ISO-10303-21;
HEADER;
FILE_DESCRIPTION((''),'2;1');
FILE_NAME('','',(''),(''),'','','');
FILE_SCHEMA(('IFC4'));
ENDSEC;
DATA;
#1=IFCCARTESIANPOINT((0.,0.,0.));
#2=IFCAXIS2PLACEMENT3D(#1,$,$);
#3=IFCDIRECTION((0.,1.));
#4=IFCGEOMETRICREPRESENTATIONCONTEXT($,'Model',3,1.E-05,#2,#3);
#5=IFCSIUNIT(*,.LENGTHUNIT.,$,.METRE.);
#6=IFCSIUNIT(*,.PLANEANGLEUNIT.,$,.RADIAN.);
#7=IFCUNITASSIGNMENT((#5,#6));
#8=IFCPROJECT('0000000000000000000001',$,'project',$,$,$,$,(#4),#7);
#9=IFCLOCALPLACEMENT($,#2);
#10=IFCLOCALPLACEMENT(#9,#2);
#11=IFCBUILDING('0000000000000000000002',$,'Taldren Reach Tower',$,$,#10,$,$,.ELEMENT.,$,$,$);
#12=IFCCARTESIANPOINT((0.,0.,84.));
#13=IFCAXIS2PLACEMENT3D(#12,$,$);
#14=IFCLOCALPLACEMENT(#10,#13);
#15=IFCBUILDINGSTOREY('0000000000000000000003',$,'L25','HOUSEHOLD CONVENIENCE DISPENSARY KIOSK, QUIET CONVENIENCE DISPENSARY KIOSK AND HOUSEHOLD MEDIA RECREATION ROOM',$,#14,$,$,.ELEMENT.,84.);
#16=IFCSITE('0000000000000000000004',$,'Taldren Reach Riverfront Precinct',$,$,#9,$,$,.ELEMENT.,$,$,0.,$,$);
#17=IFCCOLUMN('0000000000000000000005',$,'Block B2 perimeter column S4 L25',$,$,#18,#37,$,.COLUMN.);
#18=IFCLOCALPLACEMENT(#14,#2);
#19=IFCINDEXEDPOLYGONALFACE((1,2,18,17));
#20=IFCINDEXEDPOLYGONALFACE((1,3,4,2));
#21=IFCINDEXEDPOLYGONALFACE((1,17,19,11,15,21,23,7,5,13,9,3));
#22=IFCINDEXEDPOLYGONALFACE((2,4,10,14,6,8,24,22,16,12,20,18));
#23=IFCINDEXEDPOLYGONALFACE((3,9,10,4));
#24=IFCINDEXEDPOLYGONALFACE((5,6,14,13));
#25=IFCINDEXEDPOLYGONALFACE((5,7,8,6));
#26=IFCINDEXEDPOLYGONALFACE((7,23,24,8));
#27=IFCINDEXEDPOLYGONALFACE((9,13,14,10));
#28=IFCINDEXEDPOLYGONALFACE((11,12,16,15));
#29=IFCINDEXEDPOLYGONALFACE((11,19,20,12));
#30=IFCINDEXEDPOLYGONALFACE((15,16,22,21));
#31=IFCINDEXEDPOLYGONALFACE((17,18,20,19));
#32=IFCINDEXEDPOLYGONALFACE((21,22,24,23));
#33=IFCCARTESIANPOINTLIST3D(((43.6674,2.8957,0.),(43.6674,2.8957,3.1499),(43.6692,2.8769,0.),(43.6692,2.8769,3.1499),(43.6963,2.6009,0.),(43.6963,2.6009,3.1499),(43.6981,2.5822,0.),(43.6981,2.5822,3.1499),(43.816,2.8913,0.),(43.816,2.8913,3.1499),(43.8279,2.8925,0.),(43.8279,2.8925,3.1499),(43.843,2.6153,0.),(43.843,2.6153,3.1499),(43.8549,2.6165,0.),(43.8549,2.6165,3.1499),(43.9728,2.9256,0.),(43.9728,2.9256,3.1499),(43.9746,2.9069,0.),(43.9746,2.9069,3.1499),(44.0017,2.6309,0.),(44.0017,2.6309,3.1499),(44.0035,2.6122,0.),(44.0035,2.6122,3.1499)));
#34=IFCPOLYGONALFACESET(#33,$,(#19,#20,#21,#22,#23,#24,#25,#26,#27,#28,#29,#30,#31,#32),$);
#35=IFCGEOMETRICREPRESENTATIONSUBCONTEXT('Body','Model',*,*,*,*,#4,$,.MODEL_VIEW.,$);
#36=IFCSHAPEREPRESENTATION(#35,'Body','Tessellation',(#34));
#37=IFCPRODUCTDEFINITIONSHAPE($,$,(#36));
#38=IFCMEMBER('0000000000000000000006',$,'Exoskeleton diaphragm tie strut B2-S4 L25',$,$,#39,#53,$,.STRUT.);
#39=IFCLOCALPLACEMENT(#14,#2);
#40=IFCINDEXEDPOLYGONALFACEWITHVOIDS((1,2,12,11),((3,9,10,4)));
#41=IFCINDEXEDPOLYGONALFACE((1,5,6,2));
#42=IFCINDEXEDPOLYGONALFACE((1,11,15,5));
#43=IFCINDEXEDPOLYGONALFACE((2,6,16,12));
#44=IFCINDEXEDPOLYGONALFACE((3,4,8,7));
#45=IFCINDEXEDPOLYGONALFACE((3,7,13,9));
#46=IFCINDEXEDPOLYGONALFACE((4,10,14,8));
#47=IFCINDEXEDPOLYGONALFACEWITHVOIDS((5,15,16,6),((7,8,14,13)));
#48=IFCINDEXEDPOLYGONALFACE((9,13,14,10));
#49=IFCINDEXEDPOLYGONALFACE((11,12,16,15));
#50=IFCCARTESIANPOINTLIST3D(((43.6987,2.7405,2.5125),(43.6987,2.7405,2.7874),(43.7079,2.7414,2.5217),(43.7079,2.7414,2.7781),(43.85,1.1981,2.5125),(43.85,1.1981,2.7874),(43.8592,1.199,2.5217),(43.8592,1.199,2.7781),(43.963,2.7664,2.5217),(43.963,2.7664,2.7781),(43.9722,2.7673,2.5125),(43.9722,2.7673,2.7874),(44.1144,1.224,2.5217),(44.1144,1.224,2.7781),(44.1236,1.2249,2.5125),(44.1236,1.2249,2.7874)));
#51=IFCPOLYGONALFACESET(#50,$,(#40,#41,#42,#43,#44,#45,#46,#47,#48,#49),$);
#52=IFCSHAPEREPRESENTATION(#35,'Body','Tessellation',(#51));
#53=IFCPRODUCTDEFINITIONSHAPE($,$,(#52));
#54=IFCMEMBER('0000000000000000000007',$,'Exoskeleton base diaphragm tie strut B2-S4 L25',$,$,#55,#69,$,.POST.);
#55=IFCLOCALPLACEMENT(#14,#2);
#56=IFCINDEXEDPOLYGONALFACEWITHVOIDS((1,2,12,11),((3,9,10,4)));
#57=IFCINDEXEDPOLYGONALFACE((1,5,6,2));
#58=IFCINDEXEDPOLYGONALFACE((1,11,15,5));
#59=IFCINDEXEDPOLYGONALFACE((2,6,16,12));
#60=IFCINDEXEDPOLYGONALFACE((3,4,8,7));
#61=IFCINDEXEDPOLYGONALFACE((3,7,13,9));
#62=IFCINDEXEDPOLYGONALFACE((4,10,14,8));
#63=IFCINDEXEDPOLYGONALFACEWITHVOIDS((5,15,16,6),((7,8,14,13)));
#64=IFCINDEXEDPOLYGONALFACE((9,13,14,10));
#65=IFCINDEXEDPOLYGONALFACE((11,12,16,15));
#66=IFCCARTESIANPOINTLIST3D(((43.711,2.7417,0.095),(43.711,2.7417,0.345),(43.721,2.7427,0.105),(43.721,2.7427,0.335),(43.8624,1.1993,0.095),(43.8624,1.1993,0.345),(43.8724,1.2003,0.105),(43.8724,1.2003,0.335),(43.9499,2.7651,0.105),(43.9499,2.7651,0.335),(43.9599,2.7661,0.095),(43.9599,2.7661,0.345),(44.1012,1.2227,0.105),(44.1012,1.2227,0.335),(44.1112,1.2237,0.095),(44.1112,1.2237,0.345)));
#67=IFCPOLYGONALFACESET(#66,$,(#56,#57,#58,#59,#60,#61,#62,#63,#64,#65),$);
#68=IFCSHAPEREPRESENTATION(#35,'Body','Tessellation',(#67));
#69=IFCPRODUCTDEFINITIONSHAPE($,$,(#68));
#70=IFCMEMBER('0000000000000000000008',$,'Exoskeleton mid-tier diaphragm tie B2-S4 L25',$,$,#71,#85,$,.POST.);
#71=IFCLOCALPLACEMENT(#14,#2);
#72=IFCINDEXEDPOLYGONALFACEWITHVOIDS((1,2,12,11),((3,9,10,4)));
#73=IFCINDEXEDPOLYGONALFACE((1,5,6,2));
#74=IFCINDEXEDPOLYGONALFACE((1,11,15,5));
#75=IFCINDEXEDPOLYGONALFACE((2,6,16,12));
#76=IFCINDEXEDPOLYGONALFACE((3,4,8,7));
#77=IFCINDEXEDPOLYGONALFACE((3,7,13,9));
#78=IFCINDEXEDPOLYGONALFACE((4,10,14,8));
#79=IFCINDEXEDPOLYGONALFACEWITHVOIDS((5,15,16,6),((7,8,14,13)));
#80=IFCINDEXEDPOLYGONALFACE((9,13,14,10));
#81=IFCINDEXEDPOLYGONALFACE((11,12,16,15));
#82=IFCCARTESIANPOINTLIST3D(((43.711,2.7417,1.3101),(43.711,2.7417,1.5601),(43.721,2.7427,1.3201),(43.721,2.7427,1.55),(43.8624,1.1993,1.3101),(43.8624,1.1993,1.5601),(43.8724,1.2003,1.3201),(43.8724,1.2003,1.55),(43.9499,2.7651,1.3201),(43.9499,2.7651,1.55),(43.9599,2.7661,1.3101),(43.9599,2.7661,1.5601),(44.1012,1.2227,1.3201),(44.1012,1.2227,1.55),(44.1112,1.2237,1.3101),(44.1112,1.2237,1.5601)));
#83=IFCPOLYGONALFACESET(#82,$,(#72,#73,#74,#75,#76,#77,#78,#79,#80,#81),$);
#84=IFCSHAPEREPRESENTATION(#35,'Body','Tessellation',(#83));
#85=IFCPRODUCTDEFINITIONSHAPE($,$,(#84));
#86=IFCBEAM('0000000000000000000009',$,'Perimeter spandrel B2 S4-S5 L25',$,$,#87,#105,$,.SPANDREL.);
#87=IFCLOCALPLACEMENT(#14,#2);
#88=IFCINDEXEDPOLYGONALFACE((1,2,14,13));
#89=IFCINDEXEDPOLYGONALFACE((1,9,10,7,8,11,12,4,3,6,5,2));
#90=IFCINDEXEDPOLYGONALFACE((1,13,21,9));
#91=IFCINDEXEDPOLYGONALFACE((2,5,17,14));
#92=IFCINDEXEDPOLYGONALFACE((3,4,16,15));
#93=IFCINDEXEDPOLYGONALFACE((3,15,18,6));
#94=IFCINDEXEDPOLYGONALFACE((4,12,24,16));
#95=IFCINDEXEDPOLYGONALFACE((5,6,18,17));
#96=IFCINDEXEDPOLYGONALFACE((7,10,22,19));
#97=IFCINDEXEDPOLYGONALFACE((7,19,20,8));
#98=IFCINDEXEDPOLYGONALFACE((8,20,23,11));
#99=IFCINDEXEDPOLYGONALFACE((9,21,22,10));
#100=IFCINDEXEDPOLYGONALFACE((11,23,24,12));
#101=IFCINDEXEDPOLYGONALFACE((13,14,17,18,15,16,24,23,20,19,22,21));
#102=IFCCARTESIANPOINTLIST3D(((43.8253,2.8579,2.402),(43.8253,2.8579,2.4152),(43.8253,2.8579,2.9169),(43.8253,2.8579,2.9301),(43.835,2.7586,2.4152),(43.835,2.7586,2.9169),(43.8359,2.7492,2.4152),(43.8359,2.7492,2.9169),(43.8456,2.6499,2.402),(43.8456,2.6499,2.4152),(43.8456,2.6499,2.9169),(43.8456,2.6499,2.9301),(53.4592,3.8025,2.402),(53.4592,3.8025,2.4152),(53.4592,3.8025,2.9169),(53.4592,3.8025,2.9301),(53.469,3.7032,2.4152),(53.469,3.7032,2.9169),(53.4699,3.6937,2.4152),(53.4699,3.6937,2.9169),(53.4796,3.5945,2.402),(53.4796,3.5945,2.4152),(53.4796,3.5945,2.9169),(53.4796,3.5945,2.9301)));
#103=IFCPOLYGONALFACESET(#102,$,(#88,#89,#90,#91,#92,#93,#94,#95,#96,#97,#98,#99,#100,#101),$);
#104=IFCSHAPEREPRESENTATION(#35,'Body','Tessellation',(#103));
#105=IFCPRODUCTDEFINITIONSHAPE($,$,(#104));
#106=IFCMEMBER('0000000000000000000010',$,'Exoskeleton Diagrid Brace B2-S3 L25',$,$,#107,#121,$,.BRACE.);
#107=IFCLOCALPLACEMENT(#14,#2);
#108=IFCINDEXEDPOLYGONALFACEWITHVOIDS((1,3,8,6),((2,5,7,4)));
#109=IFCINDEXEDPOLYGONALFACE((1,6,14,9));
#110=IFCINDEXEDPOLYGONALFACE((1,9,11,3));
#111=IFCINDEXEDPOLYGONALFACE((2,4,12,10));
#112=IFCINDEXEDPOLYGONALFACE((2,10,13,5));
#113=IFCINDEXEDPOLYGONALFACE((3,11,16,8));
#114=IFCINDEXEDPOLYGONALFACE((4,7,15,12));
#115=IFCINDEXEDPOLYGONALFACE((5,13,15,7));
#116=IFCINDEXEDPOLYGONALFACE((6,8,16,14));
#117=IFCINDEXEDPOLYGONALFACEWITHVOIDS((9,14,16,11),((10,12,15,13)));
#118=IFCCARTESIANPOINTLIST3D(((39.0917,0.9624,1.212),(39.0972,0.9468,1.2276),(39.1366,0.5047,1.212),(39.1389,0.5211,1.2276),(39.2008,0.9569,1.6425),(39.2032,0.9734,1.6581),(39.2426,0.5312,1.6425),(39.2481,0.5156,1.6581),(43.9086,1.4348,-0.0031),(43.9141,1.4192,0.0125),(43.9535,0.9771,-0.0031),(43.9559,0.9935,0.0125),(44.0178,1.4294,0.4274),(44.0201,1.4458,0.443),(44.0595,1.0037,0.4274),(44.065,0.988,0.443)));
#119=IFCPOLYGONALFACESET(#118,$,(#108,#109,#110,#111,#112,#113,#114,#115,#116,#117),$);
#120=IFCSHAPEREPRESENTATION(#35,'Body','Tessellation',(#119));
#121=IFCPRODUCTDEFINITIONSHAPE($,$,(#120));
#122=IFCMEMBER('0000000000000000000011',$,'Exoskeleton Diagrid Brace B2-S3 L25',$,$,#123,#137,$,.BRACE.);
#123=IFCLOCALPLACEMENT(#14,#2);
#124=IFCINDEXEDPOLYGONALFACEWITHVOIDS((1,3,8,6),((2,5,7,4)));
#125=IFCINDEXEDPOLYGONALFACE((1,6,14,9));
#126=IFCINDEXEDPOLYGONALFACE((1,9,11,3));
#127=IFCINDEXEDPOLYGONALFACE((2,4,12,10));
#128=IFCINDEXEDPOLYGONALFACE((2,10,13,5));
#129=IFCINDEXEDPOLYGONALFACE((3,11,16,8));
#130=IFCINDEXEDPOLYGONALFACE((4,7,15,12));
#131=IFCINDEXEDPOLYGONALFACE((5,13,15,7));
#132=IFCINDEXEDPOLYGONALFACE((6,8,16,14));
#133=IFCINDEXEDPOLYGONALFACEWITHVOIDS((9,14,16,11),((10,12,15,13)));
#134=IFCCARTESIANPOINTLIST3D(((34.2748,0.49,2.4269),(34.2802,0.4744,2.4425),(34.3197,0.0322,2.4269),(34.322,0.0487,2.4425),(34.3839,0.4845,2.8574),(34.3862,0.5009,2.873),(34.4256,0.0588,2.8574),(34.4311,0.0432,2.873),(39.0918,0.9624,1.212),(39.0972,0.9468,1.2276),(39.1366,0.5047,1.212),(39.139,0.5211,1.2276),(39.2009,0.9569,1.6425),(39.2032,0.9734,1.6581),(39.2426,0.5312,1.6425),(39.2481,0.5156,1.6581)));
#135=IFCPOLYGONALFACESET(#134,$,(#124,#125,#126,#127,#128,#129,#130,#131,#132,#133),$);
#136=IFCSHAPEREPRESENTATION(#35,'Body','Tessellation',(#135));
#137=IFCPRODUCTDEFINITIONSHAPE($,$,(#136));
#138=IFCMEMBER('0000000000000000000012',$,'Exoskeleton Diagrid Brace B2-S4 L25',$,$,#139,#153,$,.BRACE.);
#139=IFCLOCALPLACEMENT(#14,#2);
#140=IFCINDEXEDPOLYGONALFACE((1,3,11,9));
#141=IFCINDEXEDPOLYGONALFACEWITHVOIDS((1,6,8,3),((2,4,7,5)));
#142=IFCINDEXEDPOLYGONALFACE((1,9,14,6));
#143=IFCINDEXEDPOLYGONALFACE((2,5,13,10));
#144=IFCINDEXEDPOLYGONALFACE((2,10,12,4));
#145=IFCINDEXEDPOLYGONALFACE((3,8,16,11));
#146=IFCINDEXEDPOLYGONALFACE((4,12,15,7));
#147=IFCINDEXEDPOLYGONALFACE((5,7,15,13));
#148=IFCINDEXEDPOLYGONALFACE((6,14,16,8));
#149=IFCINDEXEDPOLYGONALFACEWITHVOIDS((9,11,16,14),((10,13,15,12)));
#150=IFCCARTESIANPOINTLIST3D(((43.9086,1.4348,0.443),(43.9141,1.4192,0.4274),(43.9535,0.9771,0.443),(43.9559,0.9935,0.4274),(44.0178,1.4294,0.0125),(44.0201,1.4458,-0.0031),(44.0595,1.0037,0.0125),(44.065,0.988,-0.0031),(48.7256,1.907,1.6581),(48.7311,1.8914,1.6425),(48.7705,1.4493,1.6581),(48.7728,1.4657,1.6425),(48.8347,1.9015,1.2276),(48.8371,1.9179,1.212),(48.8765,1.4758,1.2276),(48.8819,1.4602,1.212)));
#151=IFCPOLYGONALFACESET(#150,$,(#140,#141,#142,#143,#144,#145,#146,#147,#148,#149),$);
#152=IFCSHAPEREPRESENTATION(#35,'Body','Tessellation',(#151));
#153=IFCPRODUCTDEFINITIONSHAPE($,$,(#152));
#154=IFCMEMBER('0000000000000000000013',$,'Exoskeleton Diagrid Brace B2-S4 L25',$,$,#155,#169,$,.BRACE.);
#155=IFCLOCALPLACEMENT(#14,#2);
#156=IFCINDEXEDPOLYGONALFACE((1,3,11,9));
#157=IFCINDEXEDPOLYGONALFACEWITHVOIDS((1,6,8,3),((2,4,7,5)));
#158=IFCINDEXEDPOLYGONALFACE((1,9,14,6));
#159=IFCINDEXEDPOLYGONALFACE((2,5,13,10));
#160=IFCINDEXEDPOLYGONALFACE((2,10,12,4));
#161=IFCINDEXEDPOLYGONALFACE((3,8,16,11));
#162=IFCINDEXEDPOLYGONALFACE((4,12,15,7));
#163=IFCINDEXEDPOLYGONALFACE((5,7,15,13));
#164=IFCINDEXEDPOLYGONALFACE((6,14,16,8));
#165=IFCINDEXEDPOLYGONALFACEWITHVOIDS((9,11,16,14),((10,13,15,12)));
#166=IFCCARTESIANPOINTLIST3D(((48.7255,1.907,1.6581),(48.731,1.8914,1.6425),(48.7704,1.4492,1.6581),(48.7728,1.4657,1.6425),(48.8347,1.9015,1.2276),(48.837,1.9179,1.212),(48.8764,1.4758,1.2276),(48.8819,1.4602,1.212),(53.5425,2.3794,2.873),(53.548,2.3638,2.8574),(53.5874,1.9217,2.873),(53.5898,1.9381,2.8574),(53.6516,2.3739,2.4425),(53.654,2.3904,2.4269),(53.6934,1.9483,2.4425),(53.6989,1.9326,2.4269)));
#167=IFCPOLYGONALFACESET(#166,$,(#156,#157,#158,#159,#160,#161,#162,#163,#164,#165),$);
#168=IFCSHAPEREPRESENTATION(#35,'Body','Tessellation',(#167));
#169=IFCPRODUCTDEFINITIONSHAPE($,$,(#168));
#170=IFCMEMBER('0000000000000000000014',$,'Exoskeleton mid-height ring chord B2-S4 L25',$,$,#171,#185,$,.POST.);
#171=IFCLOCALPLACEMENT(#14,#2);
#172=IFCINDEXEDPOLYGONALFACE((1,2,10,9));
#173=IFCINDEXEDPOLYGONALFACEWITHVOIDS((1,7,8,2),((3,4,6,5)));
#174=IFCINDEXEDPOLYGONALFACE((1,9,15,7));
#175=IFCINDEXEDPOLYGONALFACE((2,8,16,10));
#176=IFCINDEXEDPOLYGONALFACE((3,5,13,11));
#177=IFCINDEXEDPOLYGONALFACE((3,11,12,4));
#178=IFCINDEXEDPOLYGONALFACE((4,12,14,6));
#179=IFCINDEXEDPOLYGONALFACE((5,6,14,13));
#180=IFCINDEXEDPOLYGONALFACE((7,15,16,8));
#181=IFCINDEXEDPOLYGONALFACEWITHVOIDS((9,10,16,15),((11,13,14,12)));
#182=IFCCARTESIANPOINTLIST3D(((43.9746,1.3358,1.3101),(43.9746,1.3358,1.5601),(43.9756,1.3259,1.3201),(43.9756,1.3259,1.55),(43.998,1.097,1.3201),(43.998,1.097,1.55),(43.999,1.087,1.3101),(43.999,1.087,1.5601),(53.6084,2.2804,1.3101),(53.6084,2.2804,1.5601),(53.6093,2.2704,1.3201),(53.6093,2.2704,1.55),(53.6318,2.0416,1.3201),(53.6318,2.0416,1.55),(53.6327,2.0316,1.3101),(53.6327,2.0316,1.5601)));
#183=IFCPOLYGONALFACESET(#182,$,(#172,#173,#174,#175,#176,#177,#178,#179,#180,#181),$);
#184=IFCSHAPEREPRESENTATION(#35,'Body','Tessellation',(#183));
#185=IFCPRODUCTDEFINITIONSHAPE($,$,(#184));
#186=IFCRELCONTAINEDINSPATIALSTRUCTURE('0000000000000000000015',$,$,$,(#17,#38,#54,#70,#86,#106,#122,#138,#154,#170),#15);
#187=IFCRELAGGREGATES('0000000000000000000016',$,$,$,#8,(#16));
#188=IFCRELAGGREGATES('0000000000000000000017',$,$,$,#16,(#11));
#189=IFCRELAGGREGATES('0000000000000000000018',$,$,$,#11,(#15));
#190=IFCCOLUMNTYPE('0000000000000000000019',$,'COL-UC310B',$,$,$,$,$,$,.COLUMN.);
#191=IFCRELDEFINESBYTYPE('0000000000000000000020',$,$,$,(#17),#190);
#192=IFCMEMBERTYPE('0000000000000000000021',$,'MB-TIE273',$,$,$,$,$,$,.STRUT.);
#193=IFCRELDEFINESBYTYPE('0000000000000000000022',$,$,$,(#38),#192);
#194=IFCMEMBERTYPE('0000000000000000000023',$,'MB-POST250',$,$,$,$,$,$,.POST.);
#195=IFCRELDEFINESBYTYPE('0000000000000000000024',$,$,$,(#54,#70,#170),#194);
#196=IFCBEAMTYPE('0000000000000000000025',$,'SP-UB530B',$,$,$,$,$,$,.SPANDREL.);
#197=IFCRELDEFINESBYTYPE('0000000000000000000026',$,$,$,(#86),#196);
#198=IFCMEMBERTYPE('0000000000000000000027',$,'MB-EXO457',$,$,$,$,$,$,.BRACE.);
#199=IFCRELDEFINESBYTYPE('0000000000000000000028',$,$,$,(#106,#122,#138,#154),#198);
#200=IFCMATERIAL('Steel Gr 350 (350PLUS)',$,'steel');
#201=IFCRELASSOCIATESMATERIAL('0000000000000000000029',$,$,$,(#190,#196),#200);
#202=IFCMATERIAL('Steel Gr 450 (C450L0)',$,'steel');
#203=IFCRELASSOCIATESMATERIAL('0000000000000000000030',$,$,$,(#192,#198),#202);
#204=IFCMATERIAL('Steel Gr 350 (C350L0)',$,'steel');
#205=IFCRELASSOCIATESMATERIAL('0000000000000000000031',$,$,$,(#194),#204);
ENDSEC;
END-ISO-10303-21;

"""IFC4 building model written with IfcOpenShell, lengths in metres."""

from ifc_helpers import new_model, si_unit, direction, frame, origin, origin_2d, place, context, subcontext, project, spatial, hollow_rectangle, i_section, extrude, source, transform, mapped, material, material_profile, profile_set, type_object, element, save


model = new_model("IFC4")

# Units and contexts
model_context = context("Model", 3, precision=1e-05, world=origin(), true_north=direction((0.0, 1.0)))
body_context = subcontext(model_context, "Body", "Model", "MODEL_VIEW")
ifc_project = project(units=[si_unit("LENGTHUNIT", "METRE"), si_unit("PLANEANGLEUNIT", "RADIAN")], contexts=[model_context])

# Site, building, storey
site_placement = place(None, origin())
site = spatial("IfcSite", under=ifc_project, at=site_placement, Name="Taldren Reach Riverfront Precinct", CompositionType="ELEMENT", RefElevation=0.0)
building_placement = place(site_placement, origin())
building = spatial("IfcBuilding", under=site, at=building_placement, Name="Taldren Reach Tower", CompositionType="ELEMENT")
storey_placement = place(building_placement, frame((0.0, 0.0, 84.0)))
storey = spatial("IfcBuildingStorey", under=building, at=storey_placement, Name="L25", Description="HOUSEHOLD CONVENIENCE DISPENSARY KIOSK, QUIET CONVENIENCE DISPENSARY KIOSK AND HOUSEHOLD MEDIA RECREATION ROOM", CompositionType="ELEMENT", Elevation=84.0)

# Column
ifc_material_1 = material(Name="Steel Gr 350 (350PLUS)", Category="steel")
ifc_material_profile_1 = material_profile(ifc_material_1, i_section(OverallWidth=0.3069, OverallDepth=0.3149, WebThickness=0.012, FlangeThickness=0.0188, at=origin_2d()), Name="310UC118")
ifc_profile_set_1 = profile_set([ifc_material_profile_1], Name="Steel Gr 350 (350PLUS)")
column_type = type_object("IfcColumnType", Name="COL-UC310B", PredefinedType="COLUMN", material=ifc_profile_set_1)
shared_shape_1 = source(origin(), body_context, "Body", "SweptSolid", [
    extrude(i_section(OverallWidth=0.3069, OverallDepth=0.3149, WebThickness=0.012, FlangeThickness=0.0188, at=origin_2d()), origin(), (0.0, 0.0, 1.0), 3.1499),
])
column_placement = place(storey_placement, frame((43.8354, 2.7539, 0.0), z_axis=(0.0, 0.0, 1.0), x_axis=(0.995227, 0.097583, 0.0)))
element("IfcColumn", 1, at=column_placement, inside=storey, type_object=column_type, Name="Block B2 perimeter column S4 L25", PredefinedType="COLUMN", context=body_context, shape_type="MappedRepresentation", body=[
    mapped(shared_shape_1, transform((0.0, 0.0, 0.0), scale=1.0)),
])

# Members
ifc_material_2 = material(Name="Steel Gr 450 (C450L0)", Category="steel")
ifc_material_profile_2 = material_profile(ifc_material_2, hollow_rectangle(XDim=0.2749, YDim=0.2749, WallThickness=0.0093, at=origin_2d()), Name="275x275x9.3SHS")
ifc_profile_set_2 = profile_set([ifc_material_profile_2], Name="Steel Gr 450 (C450L0)")
member_type_1 = type_object("IfcMemberType", Name="MB-TIE273", PredefinedType="STRUT", material=ifc_profile_set_2)
shared_shape_2 = source(origin(), body_context, "Body", "SweptSolid", [
    extrude(hollow_rectangle(XDim=0.2749, YDim=0.2749, WallThickness=0.0093, at=origin_2d()), origin(), (0.0, 0.0, 1.0), 1.5498),
])
member_1_placement = place(storey_placement, frame((43.8354, 2.7539, 2.6499), z_axis=(0.097663, -0.99522, 0.0), x_axis=(0.99522, 0.097663, 0.0)))
element("IfcMember", 2, at=member_1_placement, inside=storey, type_object=member_type_1, Name="Exoskeleton diaphragm tie strut B2-S4 L25", PredefinedType="STRUT", context=body_context, shape_type="MappedRepresentation", body=[
    mapped(shared_shape_2, transform((0.0, 0.0, 0.0), scale=1.0)),
])
ifc_material_3 = material(Name="Steel Gr 350 (C350L0)", Category="steel")
ifc_material_profile_3 = material_profile(ifc_material_3, hollow_rectangle(XDim=0.25, YDim=0.25, WallThickness=0.01, at=origin_2d()), Name="250x250x10.0SHS")
ifc_profile_set_3 = profile_set([ifc_material_profile_3], Name="Steel Gr 350 (C350L0)")
member_type_2 = type_object("IfcMemberType", Name="MB-POST250", PredefinedType="POST", material=ifc_profile_set_3)
shared_shape_3 = source(origin(), body_context, "Body", "SweptSolid", [
    extrude(hollow_rectangle(XDim=0.25, YDim=0.25, WallThickness=0.01, at=origin_2d()), origin(), (0.0, 0.0, 1.0), 1.5498),
])
for number, where, z_axis, x_axis, name in (
    (3, (43.8354, 2.7539, 0.22), (0.097663, -0.99522, 0.0), (0.99522, 0.097663, 0.0), "Exoskeleton base diaphragm tie strut B2-S4 L25"),
    (4, (43.8354, 2.7539, 1.4351), (0.097663, -0.99522, 0.0), (0.99522, 0.097663, 0.0), "Exoskeleton mid-tier diaphragm tie B2-S4 L25"),
):
    element("IfcMember", number, at=place(storey_placement, frame(where, z_axis=z_axis, x_axis=x_axis)), inside=storey, type_object=member_type_2, Name=name, PredefinedType="POST", context=body_context, shape_type="MappedRepresentation", body=[
        mapped(shared_shape_3, transform((0.0, 0.0, 0.0), scale=1.0)),
    ])

# Beam
ifc_material_profile_4 = material_profile(ifc_material_1, i_section(OverallWidth=0.209, OverallDepth=0.5281, WebThickness=0.0095, FlangeThickness=0.0132, at=origin_2d()), Name="530UB82.0")
ifc_profile_set_4 = profile_set([ifc_material_profile_4], Name="Steel Gr 350 (350PLUS)")
beam_type = type_object("IfcBeamType", Name="SP-UB530B", PredefinedType="SPANDREL", material=ifc_profile_set_4)
shared_shape_4 = source(origin(), body_context, "Body", "SweptSolid", [
    extrude(i_section(OverallWidth=0.209, OverallDepth=0.5281, WebThickness=0.0095, FlangeThickness=0.0132, at=origin_2d()), origin(), (0.0, 0.0, 1.0), 9.6802),
])
beam_placement = place(storey_placement, frame((43.8354, 2.7539, 2.666), z_axis=(0.995228, 0.097578, 0.0), x_axis=(-0.097578, 0.995228, 0.0)))
element("IfcBeam", 5, at=beam_placement, inside=storey, type_object=beam_type, Name="Perimeter spandrel B2 S4-S5 L25", PredefinedType="SPANDREL", context=body_context, shape_type="MappedRepresentation", body=[
    mapped(shared_shape_4, transform((0.0, 0.0, 0.0), scale=1.0)),
])

# Members
ifc_material_profile_5 = material_profile(ifc_material_2, hollow_rectangle(XDim=0.46, YDim=0.46, WallThickness=0.0161, at=origin_2d()), Name="460x460x16.0SHS")
ifc_profile_set_5 = profile_set([ifc_material_profile_5], Name="Steel Gr 450 (C450L0)")
member_type_3 = type_object("IfcMemberType", Name="MB-EXO457", PredefinedType="BRACE", material=ifc_profile_set_5)
shared_shape_5 = source(origin(), body_context, "Body", "SweptSolid", [
    extrude(hollow_rectangle(XDim=0.46, YDim=0.46, WallThickness=0.0161, at=origin_2d()), origin(), (0.0, 0.0, 1.0), 4.9902),
])
for number, where, z_axis, x_axis, name in (
    (6, (43.9868, 1.2114, 0.22), (-0.965271, -0.094668, 0.243495), (0.097606, -0.995225, 0.0), "Exoskeleton Diagrid Brace B2-S3 L25"),
    (7, (39.1699, 0.739, 1.4351), (-0.965283, -0.094669, 0.243449), (0.097606, -0.995225, 0.0), "Exoskeleton Diagrid Brace B2-S3 L25"),
    (8, (43.9868, 1.2114, 0.22), (0.965276, 0.09462, 0.243496), (-0.097556, 0.99523, 0.0), "Exoskeleton Diagrid Brace B2-S4 L25"),
    (9, (48.8037, 1.6836, 1.4351), (0.965283, 0.094669, 0.243449), (-0.097606, 0.995225, 0.0), "Exoskeleton Diagrid Brace B2-S4 L25"),
):
    element("IfcMember", number, at=place(storey_placement, frame(where, z_axis=z_axis, x_axis=x_axis)), inside=storey, type_object=member_type_3, Name=name, PredefinedType="BRACE", context=body_context, shape_type="MappedRepresentation", body=[
        mapped(shared_shape_5, transform((0.0, 0.0, 0.0), scale=1.0)),
    ])
shared_shape_6 = source(origin(), body_context, "Body", "SweptSolid", [
    extrude(hollow_rectangle(XDim=0.25, YDim=0.25, WallThickness=0.01, at=origin_2d()), origin(), (0.0, 0.0, 1.0), 9.6799),
])
for number, where, z_axis, x_axis, name in (
    (10, (43.9868, 1.2114, 1.4351), (0.995228, 0.097581, 0.0), (-0.097581, 0.995228, 0.0), "Exoskeleton mid-height ring chord B2-S4 L25"),
):
    element("IfcMember", number, at=place(storey_placement, frame(where, z_axis=z_axis, x_axis=x_axis)), inside=storey, type_object=member_type_2, Name=name, PredefinedType="POST", context=body_context, shape_type="MappedRepresentation", body=[
        mapped(shared_shape_6, transform((0.0, 0.0, 0.0), scale=1.0)),
    ])

save(model, "model.ifc")
